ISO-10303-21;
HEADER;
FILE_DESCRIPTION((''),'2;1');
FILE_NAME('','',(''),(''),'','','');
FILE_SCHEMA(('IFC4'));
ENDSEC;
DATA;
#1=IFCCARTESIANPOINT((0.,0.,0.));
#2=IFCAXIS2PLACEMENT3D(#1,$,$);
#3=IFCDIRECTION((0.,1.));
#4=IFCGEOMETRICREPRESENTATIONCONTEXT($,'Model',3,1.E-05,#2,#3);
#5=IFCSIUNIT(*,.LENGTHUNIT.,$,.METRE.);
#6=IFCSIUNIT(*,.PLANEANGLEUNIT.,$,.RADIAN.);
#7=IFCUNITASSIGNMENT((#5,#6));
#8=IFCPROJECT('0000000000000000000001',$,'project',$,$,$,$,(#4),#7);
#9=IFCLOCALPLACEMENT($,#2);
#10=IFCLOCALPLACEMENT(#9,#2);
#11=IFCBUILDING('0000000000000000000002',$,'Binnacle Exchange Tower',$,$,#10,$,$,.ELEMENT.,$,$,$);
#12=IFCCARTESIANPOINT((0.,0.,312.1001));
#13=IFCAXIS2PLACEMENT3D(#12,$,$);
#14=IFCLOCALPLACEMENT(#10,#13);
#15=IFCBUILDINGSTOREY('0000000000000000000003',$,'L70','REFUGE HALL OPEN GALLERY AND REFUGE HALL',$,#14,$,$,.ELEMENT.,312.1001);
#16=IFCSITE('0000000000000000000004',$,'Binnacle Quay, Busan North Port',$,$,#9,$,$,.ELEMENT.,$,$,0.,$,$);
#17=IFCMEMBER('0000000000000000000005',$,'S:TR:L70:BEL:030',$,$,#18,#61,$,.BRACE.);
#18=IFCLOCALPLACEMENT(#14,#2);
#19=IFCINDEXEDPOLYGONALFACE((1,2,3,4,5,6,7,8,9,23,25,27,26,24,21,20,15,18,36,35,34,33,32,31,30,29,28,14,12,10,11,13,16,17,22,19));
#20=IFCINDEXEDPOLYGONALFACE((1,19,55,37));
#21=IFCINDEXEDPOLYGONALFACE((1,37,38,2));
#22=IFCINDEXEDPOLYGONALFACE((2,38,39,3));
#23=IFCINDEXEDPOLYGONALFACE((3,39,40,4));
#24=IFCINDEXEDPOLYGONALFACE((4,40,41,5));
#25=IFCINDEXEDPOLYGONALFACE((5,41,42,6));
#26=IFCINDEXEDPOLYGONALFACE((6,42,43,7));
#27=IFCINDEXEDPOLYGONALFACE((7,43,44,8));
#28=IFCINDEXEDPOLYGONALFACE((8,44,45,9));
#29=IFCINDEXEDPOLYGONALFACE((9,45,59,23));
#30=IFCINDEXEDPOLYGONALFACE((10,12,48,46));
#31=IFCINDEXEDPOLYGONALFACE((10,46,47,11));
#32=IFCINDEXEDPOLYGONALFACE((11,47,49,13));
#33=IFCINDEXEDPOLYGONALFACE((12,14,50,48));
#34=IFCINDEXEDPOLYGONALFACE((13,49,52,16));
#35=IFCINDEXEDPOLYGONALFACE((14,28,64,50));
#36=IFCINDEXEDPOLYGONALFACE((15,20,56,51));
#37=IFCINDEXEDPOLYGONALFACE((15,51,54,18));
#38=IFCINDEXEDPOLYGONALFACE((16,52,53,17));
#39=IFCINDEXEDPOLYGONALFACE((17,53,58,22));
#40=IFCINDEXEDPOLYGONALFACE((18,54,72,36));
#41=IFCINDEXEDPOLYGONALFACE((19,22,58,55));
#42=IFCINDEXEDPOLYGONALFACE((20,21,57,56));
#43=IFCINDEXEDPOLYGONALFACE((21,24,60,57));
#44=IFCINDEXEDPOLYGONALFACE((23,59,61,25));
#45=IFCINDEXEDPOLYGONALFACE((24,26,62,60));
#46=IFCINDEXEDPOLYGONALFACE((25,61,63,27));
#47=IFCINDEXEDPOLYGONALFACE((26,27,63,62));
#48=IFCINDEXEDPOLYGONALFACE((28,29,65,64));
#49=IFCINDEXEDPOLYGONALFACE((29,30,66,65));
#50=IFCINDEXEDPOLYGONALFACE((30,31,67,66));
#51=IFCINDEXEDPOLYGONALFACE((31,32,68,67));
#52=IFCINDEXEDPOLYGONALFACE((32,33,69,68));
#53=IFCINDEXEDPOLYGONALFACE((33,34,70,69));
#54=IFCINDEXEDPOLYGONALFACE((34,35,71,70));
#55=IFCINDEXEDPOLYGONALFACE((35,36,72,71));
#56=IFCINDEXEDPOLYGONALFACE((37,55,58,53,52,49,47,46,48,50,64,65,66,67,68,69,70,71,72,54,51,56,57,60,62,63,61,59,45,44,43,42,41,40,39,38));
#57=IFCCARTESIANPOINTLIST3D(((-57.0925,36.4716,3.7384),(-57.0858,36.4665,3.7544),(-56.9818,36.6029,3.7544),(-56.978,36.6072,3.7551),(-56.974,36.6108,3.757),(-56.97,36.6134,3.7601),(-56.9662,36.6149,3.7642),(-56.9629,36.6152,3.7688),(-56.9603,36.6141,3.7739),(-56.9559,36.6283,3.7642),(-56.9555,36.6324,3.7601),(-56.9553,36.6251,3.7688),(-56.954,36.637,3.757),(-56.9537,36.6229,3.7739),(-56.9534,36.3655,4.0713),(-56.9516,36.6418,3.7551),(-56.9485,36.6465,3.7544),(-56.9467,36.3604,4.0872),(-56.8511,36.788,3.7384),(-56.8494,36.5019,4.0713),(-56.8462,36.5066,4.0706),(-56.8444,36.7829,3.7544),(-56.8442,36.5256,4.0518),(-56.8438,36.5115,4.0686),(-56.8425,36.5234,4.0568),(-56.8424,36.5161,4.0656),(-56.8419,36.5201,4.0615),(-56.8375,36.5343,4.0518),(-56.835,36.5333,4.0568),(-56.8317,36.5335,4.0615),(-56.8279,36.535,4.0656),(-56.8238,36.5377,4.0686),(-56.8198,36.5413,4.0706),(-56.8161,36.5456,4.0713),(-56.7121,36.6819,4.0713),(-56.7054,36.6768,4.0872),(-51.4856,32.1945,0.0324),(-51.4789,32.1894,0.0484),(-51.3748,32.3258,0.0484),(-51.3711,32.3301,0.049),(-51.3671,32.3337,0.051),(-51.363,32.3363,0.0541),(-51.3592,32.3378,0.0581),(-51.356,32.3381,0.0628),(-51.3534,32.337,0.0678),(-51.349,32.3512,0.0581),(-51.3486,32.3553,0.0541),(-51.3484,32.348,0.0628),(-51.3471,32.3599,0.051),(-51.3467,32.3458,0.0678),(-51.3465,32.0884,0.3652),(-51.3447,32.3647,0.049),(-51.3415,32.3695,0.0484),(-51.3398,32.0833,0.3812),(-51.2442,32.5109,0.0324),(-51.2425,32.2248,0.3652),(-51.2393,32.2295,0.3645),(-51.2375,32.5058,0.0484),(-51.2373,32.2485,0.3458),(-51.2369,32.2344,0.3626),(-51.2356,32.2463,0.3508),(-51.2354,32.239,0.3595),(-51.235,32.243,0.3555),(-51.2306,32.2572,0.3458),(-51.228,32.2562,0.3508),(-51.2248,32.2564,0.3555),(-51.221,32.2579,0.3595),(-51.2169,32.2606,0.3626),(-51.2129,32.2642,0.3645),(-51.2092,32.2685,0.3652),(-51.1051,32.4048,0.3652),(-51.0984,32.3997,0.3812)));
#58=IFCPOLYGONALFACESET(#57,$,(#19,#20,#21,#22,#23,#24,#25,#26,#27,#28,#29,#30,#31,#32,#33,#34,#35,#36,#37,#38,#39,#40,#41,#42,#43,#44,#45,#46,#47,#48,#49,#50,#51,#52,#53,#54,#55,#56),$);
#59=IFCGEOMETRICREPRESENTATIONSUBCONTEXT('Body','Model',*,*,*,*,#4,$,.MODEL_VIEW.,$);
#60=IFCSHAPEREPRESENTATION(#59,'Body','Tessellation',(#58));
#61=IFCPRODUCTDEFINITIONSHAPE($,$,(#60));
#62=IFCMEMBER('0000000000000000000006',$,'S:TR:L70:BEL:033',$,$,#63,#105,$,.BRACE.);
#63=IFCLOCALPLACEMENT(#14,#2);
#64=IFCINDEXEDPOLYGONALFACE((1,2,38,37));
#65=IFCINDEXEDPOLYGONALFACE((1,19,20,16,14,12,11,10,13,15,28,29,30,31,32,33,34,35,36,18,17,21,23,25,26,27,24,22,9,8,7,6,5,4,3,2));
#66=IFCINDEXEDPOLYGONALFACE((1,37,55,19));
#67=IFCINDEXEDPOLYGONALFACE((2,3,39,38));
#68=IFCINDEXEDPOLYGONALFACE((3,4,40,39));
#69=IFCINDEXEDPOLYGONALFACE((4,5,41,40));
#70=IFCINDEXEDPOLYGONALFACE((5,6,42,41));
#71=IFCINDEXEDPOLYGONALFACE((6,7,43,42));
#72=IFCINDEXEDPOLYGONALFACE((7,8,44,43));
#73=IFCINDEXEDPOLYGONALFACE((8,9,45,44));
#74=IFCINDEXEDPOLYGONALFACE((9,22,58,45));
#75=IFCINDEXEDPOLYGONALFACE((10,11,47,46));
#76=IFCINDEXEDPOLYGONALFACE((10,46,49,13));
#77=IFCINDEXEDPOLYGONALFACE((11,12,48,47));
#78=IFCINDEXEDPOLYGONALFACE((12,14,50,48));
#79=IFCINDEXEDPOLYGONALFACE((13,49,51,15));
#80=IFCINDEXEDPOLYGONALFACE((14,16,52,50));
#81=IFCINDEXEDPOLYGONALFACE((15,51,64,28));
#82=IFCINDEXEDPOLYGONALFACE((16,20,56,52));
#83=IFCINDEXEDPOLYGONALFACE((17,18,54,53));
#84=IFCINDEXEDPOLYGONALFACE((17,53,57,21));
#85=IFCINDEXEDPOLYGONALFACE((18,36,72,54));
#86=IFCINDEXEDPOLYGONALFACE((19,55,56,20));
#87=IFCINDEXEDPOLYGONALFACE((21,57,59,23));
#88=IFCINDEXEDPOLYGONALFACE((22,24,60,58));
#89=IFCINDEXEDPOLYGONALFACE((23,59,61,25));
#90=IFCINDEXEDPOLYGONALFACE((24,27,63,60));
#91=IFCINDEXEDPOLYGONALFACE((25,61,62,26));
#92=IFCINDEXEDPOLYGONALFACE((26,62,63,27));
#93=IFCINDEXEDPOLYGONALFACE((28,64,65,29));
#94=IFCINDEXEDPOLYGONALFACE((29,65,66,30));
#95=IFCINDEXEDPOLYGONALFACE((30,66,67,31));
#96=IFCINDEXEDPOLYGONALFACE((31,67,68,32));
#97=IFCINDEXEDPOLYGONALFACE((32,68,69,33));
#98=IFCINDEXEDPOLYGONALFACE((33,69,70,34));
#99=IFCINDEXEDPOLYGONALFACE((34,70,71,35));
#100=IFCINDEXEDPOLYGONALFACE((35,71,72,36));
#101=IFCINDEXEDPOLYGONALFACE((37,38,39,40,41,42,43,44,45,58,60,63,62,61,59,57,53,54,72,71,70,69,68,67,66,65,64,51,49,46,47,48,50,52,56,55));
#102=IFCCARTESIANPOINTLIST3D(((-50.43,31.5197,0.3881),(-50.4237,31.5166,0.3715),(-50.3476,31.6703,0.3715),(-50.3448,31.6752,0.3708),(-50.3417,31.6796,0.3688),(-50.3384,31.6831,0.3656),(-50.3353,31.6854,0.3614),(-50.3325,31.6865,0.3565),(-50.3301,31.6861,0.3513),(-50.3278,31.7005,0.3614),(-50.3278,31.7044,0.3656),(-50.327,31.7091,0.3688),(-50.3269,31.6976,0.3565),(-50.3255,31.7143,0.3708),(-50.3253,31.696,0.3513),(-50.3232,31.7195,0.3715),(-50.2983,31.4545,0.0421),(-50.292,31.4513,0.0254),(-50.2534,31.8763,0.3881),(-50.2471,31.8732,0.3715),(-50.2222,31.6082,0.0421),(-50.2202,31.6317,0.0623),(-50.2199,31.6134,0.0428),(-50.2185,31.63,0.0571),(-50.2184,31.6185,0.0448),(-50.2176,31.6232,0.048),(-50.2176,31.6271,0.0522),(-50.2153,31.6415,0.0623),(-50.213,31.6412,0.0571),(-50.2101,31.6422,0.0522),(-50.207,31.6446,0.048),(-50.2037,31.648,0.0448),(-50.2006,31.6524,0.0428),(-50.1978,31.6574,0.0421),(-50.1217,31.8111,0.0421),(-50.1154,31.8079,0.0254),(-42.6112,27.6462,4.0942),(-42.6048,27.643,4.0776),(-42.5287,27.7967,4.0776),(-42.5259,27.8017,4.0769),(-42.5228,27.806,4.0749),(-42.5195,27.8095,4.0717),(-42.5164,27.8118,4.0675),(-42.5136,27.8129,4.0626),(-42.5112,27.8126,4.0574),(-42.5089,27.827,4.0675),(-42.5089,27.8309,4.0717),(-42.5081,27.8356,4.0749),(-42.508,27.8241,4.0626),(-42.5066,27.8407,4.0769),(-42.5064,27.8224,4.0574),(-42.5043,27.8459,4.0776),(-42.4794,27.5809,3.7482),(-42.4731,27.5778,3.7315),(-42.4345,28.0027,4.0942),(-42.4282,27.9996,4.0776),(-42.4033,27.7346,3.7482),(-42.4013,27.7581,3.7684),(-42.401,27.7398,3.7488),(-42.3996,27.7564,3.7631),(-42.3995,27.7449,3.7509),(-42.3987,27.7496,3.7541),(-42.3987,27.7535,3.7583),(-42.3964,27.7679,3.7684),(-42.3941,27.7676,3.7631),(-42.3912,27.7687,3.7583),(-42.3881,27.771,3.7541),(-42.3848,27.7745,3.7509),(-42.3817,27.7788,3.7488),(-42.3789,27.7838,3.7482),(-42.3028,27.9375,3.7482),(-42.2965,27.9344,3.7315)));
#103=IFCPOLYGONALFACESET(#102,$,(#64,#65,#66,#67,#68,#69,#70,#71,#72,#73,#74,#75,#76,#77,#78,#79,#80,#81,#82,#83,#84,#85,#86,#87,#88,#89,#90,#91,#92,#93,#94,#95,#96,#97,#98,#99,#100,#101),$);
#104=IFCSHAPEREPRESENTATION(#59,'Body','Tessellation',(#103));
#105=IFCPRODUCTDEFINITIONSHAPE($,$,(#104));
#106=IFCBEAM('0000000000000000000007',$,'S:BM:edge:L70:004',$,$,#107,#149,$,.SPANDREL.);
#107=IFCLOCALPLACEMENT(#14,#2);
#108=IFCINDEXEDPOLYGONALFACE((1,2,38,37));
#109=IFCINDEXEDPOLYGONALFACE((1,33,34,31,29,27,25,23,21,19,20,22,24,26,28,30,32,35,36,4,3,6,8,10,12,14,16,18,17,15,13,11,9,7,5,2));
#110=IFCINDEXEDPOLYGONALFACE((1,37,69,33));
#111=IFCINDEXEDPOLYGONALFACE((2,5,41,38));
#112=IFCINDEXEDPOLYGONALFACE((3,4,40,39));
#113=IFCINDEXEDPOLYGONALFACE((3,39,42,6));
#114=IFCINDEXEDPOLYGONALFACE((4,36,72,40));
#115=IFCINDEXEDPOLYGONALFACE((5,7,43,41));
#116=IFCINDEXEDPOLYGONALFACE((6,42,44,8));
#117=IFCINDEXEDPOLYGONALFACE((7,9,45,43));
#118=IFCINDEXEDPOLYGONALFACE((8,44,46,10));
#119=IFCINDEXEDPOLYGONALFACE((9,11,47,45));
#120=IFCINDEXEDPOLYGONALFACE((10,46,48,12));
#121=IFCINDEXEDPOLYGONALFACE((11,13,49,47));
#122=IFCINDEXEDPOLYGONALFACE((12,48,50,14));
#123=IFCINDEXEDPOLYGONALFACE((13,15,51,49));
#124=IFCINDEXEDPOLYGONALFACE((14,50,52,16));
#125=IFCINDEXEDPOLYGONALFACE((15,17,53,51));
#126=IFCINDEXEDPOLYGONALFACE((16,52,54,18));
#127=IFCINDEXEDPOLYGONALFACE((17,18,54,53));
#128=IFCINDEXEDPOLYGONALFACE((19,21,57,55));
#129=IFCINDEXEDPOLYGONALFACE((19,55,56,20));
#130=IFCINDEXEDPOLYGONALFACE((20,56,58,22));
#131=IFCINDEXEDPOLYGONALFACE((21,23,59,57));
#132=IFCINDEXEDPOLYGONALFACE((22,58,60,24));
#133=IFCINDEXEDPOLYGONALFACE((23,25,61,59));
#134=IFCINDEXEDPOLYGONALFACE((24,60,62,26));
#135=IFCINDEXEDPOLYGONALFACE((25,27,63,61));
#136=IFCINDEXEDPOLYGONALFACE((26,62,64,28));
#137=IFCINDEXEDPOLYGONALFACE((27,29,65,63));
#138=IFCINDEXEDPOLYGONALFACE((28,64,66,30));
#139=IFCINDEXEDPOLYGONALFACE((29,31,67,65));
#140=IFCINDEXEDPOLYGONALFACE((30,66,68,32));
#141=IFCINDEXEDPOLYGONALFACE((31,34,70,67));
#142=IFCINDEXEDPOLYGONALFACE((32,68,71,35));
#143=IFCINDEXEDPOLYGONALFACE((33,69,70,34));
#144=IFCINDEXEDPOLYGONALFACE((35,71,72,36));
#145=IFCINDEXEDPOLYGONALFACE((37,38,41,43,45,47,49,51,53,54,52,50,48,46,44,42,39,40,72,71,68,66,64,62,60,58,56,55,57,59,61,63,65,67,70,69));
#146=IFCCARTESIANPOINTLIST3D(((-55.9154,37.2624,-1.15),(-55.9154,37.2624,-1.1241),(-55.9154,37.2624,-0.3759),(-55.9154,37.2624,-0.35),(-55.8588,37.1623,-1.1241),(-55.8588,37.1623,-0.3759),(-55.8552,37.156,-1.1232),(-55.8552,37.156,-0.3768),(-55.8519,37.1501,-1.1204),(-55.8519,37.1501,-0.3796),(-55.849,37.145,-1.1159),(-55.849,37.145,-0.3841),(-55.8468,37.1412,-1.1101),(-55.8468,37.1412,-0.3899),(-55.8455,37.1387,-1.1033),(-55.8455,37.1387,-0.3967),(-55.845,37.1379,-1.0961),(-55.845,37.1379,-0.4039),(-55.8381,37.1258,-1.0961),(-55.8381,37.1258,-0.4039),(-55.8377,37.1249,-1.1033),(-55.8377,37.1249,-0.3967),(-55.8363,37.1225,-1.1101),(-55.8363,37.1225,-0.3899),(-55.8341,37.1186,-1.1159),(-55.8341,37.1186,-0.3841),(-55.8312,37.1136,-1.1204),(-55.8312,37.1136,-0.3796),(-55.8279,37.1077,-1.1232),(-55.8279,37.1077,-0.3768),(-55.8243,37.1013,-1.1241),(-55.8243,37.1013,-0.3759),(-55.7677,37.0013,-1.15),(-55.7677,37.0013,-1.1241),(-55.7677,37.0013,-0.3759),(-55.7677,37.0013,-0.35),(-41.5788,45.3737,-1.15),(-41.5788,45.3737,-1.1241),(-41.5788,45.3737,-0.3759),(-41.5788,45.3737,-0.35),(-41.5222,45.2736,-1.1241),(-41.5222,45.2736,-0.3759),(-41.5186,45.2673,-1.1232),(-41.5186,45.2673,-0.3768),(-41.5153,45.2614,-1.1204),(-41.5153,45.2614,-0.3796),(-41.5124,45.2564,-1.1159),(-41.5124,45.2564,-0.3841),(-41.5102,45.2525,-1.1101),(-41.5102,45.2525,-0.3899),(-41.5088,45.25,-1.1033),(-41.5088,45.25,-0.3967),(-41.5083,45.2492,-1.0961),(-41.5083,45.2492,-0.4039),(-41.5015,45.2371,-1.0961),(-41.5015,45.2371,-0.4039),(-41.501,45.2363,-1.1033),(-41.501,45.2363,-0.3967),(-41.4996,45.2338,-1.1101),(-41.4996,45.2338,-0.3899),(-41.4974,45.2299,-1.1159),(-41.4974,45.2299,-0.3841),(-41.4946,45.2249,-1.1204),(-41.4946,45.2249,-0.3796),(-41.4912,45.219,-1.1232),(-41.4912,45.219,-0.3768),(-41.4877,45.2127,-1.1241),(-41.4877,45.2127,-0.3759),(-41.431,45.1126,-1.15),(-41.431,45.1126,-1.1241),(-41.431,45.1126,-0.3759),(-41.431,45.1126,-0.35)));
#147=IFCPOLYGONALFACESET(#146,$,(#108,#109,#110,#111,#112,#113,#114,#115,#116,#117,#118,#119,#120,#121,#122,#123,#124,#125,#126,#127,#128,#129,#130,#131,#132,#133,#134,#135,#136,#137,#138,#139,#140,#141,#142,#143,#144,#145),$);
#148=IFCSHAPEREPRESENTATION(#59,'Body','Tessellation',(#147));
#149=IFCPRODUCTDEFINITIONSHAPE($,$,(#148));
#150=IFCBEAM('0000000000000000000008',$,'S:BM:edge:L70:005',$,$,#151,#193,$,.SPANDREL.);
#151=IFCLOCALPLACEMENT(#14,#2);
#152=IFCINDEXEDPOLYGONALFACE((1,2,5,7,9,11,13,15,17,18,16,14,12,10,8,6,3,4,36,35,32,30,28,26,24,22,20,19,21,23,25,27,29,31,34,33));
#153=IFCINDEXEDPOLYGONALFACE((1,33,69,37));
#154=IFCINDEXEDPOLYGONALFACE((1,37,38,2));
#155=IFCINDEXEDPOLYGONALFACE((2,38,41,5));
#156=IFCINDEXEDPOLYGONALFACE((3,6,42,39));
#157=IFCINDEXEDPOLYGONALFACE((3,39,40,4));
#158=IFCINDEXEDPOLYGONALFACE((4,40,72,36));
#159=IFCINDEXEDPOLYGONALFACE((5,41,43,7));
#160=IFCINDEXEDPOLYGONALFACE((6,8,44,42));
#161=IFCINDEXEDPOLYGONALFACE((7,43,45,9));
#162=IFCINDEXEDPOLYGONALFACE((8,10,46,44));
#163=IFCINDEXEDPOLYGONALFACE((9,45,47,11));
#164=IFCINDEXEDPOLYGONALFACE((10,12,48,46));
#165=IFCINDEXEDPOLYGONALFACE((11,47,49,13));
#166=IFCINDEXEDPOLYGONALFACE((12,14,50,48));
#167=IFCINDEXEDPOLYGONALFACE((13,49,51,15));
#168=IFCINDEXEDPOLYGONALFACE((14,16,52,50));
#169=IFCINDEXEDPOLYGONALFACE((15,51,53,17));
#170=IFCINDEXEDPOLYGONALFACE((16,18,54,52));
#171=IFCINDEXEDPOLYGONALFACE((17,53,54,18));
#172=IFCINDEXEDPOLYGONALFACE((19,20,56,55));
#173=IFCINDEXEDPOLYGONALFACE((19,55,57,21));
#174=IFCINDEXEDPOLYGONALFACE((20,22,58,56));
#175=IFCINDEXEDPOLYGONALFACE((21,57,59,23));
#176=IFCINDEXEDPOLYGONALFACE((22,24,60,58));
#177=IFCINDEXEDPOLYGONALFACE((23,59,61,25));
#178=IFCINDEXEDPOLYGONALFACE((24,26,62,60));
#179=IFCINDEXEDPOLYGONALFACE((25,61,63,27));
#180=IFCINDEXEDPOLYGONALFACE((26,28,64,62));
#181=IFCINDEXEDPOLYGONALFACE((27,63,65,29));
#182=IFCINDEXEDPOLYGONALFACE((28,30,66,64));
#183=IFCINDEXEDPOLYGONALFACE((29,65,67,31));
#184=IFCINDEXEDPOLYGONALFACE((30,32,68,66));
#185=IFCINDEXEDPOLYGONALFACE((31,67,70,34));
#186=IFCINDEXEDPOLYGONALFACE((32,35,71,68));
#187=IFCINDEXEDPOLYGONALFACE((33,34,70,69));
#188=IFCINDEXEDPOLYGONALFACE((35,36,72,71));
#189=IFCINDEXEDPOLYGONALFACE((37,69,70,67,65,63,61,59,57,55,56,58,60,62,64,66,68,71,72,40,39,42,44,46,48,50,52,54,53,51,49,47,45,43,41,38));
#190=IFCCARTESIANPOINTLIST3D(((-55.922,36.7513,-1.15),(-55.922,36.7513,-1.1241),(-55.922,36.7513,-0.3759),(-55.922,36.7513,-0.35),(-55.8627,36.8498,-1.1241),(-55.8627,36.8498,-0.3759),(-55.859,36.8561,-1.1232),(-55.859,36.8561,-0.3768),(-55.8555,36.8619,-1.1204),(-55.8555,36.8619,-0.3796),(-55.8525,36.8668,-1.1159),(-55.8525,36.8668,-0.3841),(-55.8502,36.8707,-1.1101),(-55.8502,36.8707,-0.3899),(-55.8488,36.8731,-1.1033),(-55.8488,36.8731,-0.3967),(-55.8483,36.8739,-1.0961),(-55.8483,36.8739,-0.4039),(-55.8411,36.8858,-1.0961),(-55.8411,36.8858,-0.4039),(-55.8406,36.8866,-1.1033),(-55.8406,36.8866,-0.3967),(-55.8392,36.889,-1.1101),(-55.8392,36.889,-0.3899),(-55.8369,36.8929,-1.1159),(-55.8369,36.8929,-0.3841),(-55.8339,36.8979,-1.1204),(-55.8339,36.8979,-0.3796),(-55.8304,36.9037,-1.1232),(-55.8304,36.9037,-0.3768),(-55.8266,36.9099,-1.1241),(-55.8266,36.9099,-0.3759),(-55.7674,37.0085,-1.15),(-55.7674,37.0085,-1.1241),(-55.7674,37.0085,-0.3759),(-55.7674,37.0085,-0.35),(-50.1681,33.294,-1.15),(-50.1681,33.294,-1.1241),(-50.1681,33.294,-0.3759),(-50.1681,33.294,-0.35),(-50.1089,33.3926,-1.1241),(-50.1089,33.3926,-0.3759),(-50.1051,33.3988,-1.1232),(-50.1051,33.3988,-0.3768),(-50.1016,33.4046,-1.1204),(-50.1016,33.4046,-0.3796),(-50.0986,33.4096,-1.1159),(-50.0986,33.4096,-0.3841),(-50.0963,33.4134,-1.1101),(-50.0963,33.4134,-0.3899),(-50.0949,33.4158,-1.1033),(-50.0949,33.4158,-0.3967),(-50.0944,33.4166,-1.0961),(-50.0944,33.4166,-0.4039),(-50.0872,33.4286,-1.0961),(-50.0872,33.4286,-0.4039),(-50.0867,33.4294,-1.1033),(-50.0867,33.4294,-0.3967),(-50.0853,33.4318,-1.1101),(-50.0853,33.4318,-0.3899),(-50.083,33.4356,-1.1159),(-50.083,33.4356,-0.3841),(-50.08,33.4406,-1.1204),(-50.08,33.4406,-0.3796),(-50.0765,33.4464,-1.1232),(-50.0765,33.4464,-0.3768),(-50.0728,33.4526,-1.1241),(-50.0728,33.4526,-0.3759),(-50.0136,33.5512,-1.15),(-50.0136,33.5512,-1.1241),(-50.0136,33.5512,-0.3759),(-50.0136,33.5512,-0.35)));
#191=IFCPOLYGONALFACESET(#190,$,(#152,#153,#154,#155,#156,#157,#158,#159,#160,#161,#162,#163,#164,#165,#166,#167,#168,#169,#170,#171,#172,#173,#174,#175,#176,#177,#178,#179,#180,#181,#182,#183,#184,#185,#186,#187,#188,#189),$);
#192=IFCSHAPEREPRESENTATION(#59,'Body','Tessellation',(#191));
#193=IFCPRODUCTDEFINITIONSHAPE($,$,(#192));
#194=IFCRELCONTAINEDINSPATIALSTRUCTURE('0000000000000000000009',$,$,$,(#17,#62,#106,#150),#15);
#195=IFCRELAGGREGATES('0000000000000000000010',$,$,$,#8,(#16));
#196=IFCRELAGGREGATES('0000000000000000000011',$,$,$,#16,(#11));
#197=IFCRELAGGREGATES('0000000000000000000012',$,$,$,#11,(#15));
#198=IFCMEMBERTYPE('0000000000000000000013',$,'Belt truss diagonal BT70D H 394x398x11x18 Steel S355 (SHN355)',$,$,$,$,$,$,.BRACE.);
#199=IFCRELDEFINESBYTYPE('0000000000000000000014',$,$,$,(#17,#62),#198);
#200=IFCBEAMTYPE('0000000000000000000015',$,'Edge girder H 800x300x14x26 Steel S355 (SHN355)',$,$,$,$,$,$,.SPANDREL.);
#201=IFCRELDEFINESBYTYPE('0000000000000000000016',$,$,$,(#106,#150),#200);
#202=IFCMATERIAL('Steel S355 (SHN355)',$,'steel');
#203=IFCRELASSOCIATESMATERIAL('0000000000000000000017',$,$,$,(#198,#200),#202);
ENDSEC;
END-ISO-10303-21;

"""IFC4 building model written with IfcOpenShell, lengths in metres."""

from ifc_helpers import new_model, si_unit, direction, frame, origin, origin_2d, place, context, subcontext, project, spatial, i_section, extrude, material, material_profile, profile_set, type_object, element, save


model = new_model("IFC4")

# Units and contexts
model_context = context("Model", 3, precision=1e-05, world=origin(), true_north=direction((0.0, 1.0)))
body_context = subcontext(model_context, "Body", "Model", "MODEL_VIEW")
ifc_project = project(units=[si_unit("LENGTHUNIT", "METRE"), si_unit("PLANEANGLEUNIT", "RADIAN")], contexts=[model_context])

# Site, building, storey
site_placement = place(None, origin())
site = spatial("IfcSite", under=ifc_project, at=site_placement, Name="Binnacle Quay, Busan North Port", CompositionType="ELEMENT", RefElevation=0.0)
building_placement = place(site_placement, origin())
building = spatial("IfcBuilding", under=site, at=building_placement, Name="Binnacle Exchange Tower", CompositionType="ELEMENT")
storey_placement = place(building_placement, frame((0.0, 0.0, 312.1001)))
storey = spatial("IfcBuildingStorey", under=building, at=storey_placement, Name="L70", Description="REFUGE HALL OPEN GALLERY AND REFUGE HALL", CompositionType="ELEMENT", Elevation=312.1001)

# Members
ifc_material_1 = material(Name="Steel S355 (SHN355)", Category="steel")
ifc_material_profile_1 = material_profile(ifc_material_1, i_section(OverallWidth=0.3979, OverallDepth=0.394, WebThickness=0.011, FlangeThickness=0.0181, FilletRadius=0.022, at=origin_2d()), Name="H 394x398x11x18")
ifc_profile_set_1 = profile_set([ifc_material_profile_1], Name="Steel S355 (SHN355)")
member_type_1 = type_object("IfcMemberType", Name="Belt truss diagonal BT70D H 394x398x11x18 Steel S355 (SHN355)", PredefinedType="BRACE", material=ifc_profile_set_1)
member_1_placement = place(storey_placement, frame((-56.8989, 36.5742, 3.9128), z_axis=(0.703808, -0.536881, -0.465201), x_axis=(0.606505, 0.79508, 0.0)))
element("IfcMember", 1, at=member_1_placement, inside=storey, type_object=member_type_1, Name="S:TR:L70:BEL:030", PredefinedType="BRACE", context=body_context, shape_type="SweptSolid", body=[
    extrude(i_section(OverallWidth=0.3979, OverallDepth=0.394, WebThickness=0.011, FlangeThickness=0.0181, FilletRadius=0.022, at=origin_2d()), origin(), (0.0, 0.0, 1.0), 7.9666),
])
member_2_placement = place(storey_placement, frame((-50.2727, 31.6638, 0.2068), z_axis=(0.824759, -0.408594, 0.390927), x_axis=(0.44392, 0.896066, 0.0)))
element("IfcMember", 2, at=member_2_placement, inside=storey, type_object=member_type_1, Name="S:TR:L70:BEL:033", PredefinedType="BRACE", context=body_context, shape_type="SweptSolid", body=[
    extrude(i_section(OverallWidth=0.3979, OverallDepth=0.394, WebThickness=0.011, FlangeThickness=0.0181, FilletRadius=0.022, at=origin_2d()), origin(), (0.0, 0.0, 1.0), 9.4802),
])

# Beams
ifc_material_profile_2 = material_profile(ifc_material_1, i_section(OverallWidth=0.3, OverallDepth=0.8, WebThickness=0.0139, FlangeThickness=0.0259, FilletRadius=0.0281, at=origin_2d()), Name="H 800x300x14x26")
ifc_profile_set_2 = profile_set([ifc_material_profile_2], Name="Steel S355 (SHN355)")
beam_type_1 = type_object("IfcBeamType", Name="Edge girder H 800x300x14x26 Steel S355 (SHN355)", PredefinedType="SPANDREL", material=ifc_profile_set_2)
beam_1_placement = place(storey_placement, frame((-55.8416, 37.1318, -0.75), z_axis=(0.870355, 0.492425, 0.0), x_axis=(-0.492425, 0.870355, 0.0)))
element("IfcBeam", 3, at=beam_1_placement, inside=storey, type_object=beam_type_1, Name="S:BM:edge:L70:004", PredefinedType="SPANDREL", context=body_context, shape_type="SweptSolid", body=[
    extrude(i_section(OverallWidth=0.3, OverallDepth=0.8, WebThickness=0.0139, FlangeThickness=0.0259, FilletRadius=0.0281, at=origin_2d()), origin(), (0.0, 0.0, 1.0), 16.4722),
])
beam_2_placement = place(storey_placement, frame((-50.0908, 33.4226, -0.75), z_axis=(-0.857169, 0.515036, 0.0), x_axis=(-0.515036, -0.857169, 0.0)))
element("IfcBeam", 4, at=beam_2_placement, inside=storey, type_object=beam_type_1, Name="S:BM:edge:L70:005", PredefinedType="SPANDREL", context=body_context, shape_type="SweptSolid", body=[
    extrude(i_section(OverallWidth=0.3, OverallDepth=0.8, WebThickness=0.0139, FlangeThickness=0.0259, FilletRadius=0.0281, at=origin_2d()), origin(), (0.0, 0.0, 1.0), 6.7126),
])

save(model, "model.ifc")
